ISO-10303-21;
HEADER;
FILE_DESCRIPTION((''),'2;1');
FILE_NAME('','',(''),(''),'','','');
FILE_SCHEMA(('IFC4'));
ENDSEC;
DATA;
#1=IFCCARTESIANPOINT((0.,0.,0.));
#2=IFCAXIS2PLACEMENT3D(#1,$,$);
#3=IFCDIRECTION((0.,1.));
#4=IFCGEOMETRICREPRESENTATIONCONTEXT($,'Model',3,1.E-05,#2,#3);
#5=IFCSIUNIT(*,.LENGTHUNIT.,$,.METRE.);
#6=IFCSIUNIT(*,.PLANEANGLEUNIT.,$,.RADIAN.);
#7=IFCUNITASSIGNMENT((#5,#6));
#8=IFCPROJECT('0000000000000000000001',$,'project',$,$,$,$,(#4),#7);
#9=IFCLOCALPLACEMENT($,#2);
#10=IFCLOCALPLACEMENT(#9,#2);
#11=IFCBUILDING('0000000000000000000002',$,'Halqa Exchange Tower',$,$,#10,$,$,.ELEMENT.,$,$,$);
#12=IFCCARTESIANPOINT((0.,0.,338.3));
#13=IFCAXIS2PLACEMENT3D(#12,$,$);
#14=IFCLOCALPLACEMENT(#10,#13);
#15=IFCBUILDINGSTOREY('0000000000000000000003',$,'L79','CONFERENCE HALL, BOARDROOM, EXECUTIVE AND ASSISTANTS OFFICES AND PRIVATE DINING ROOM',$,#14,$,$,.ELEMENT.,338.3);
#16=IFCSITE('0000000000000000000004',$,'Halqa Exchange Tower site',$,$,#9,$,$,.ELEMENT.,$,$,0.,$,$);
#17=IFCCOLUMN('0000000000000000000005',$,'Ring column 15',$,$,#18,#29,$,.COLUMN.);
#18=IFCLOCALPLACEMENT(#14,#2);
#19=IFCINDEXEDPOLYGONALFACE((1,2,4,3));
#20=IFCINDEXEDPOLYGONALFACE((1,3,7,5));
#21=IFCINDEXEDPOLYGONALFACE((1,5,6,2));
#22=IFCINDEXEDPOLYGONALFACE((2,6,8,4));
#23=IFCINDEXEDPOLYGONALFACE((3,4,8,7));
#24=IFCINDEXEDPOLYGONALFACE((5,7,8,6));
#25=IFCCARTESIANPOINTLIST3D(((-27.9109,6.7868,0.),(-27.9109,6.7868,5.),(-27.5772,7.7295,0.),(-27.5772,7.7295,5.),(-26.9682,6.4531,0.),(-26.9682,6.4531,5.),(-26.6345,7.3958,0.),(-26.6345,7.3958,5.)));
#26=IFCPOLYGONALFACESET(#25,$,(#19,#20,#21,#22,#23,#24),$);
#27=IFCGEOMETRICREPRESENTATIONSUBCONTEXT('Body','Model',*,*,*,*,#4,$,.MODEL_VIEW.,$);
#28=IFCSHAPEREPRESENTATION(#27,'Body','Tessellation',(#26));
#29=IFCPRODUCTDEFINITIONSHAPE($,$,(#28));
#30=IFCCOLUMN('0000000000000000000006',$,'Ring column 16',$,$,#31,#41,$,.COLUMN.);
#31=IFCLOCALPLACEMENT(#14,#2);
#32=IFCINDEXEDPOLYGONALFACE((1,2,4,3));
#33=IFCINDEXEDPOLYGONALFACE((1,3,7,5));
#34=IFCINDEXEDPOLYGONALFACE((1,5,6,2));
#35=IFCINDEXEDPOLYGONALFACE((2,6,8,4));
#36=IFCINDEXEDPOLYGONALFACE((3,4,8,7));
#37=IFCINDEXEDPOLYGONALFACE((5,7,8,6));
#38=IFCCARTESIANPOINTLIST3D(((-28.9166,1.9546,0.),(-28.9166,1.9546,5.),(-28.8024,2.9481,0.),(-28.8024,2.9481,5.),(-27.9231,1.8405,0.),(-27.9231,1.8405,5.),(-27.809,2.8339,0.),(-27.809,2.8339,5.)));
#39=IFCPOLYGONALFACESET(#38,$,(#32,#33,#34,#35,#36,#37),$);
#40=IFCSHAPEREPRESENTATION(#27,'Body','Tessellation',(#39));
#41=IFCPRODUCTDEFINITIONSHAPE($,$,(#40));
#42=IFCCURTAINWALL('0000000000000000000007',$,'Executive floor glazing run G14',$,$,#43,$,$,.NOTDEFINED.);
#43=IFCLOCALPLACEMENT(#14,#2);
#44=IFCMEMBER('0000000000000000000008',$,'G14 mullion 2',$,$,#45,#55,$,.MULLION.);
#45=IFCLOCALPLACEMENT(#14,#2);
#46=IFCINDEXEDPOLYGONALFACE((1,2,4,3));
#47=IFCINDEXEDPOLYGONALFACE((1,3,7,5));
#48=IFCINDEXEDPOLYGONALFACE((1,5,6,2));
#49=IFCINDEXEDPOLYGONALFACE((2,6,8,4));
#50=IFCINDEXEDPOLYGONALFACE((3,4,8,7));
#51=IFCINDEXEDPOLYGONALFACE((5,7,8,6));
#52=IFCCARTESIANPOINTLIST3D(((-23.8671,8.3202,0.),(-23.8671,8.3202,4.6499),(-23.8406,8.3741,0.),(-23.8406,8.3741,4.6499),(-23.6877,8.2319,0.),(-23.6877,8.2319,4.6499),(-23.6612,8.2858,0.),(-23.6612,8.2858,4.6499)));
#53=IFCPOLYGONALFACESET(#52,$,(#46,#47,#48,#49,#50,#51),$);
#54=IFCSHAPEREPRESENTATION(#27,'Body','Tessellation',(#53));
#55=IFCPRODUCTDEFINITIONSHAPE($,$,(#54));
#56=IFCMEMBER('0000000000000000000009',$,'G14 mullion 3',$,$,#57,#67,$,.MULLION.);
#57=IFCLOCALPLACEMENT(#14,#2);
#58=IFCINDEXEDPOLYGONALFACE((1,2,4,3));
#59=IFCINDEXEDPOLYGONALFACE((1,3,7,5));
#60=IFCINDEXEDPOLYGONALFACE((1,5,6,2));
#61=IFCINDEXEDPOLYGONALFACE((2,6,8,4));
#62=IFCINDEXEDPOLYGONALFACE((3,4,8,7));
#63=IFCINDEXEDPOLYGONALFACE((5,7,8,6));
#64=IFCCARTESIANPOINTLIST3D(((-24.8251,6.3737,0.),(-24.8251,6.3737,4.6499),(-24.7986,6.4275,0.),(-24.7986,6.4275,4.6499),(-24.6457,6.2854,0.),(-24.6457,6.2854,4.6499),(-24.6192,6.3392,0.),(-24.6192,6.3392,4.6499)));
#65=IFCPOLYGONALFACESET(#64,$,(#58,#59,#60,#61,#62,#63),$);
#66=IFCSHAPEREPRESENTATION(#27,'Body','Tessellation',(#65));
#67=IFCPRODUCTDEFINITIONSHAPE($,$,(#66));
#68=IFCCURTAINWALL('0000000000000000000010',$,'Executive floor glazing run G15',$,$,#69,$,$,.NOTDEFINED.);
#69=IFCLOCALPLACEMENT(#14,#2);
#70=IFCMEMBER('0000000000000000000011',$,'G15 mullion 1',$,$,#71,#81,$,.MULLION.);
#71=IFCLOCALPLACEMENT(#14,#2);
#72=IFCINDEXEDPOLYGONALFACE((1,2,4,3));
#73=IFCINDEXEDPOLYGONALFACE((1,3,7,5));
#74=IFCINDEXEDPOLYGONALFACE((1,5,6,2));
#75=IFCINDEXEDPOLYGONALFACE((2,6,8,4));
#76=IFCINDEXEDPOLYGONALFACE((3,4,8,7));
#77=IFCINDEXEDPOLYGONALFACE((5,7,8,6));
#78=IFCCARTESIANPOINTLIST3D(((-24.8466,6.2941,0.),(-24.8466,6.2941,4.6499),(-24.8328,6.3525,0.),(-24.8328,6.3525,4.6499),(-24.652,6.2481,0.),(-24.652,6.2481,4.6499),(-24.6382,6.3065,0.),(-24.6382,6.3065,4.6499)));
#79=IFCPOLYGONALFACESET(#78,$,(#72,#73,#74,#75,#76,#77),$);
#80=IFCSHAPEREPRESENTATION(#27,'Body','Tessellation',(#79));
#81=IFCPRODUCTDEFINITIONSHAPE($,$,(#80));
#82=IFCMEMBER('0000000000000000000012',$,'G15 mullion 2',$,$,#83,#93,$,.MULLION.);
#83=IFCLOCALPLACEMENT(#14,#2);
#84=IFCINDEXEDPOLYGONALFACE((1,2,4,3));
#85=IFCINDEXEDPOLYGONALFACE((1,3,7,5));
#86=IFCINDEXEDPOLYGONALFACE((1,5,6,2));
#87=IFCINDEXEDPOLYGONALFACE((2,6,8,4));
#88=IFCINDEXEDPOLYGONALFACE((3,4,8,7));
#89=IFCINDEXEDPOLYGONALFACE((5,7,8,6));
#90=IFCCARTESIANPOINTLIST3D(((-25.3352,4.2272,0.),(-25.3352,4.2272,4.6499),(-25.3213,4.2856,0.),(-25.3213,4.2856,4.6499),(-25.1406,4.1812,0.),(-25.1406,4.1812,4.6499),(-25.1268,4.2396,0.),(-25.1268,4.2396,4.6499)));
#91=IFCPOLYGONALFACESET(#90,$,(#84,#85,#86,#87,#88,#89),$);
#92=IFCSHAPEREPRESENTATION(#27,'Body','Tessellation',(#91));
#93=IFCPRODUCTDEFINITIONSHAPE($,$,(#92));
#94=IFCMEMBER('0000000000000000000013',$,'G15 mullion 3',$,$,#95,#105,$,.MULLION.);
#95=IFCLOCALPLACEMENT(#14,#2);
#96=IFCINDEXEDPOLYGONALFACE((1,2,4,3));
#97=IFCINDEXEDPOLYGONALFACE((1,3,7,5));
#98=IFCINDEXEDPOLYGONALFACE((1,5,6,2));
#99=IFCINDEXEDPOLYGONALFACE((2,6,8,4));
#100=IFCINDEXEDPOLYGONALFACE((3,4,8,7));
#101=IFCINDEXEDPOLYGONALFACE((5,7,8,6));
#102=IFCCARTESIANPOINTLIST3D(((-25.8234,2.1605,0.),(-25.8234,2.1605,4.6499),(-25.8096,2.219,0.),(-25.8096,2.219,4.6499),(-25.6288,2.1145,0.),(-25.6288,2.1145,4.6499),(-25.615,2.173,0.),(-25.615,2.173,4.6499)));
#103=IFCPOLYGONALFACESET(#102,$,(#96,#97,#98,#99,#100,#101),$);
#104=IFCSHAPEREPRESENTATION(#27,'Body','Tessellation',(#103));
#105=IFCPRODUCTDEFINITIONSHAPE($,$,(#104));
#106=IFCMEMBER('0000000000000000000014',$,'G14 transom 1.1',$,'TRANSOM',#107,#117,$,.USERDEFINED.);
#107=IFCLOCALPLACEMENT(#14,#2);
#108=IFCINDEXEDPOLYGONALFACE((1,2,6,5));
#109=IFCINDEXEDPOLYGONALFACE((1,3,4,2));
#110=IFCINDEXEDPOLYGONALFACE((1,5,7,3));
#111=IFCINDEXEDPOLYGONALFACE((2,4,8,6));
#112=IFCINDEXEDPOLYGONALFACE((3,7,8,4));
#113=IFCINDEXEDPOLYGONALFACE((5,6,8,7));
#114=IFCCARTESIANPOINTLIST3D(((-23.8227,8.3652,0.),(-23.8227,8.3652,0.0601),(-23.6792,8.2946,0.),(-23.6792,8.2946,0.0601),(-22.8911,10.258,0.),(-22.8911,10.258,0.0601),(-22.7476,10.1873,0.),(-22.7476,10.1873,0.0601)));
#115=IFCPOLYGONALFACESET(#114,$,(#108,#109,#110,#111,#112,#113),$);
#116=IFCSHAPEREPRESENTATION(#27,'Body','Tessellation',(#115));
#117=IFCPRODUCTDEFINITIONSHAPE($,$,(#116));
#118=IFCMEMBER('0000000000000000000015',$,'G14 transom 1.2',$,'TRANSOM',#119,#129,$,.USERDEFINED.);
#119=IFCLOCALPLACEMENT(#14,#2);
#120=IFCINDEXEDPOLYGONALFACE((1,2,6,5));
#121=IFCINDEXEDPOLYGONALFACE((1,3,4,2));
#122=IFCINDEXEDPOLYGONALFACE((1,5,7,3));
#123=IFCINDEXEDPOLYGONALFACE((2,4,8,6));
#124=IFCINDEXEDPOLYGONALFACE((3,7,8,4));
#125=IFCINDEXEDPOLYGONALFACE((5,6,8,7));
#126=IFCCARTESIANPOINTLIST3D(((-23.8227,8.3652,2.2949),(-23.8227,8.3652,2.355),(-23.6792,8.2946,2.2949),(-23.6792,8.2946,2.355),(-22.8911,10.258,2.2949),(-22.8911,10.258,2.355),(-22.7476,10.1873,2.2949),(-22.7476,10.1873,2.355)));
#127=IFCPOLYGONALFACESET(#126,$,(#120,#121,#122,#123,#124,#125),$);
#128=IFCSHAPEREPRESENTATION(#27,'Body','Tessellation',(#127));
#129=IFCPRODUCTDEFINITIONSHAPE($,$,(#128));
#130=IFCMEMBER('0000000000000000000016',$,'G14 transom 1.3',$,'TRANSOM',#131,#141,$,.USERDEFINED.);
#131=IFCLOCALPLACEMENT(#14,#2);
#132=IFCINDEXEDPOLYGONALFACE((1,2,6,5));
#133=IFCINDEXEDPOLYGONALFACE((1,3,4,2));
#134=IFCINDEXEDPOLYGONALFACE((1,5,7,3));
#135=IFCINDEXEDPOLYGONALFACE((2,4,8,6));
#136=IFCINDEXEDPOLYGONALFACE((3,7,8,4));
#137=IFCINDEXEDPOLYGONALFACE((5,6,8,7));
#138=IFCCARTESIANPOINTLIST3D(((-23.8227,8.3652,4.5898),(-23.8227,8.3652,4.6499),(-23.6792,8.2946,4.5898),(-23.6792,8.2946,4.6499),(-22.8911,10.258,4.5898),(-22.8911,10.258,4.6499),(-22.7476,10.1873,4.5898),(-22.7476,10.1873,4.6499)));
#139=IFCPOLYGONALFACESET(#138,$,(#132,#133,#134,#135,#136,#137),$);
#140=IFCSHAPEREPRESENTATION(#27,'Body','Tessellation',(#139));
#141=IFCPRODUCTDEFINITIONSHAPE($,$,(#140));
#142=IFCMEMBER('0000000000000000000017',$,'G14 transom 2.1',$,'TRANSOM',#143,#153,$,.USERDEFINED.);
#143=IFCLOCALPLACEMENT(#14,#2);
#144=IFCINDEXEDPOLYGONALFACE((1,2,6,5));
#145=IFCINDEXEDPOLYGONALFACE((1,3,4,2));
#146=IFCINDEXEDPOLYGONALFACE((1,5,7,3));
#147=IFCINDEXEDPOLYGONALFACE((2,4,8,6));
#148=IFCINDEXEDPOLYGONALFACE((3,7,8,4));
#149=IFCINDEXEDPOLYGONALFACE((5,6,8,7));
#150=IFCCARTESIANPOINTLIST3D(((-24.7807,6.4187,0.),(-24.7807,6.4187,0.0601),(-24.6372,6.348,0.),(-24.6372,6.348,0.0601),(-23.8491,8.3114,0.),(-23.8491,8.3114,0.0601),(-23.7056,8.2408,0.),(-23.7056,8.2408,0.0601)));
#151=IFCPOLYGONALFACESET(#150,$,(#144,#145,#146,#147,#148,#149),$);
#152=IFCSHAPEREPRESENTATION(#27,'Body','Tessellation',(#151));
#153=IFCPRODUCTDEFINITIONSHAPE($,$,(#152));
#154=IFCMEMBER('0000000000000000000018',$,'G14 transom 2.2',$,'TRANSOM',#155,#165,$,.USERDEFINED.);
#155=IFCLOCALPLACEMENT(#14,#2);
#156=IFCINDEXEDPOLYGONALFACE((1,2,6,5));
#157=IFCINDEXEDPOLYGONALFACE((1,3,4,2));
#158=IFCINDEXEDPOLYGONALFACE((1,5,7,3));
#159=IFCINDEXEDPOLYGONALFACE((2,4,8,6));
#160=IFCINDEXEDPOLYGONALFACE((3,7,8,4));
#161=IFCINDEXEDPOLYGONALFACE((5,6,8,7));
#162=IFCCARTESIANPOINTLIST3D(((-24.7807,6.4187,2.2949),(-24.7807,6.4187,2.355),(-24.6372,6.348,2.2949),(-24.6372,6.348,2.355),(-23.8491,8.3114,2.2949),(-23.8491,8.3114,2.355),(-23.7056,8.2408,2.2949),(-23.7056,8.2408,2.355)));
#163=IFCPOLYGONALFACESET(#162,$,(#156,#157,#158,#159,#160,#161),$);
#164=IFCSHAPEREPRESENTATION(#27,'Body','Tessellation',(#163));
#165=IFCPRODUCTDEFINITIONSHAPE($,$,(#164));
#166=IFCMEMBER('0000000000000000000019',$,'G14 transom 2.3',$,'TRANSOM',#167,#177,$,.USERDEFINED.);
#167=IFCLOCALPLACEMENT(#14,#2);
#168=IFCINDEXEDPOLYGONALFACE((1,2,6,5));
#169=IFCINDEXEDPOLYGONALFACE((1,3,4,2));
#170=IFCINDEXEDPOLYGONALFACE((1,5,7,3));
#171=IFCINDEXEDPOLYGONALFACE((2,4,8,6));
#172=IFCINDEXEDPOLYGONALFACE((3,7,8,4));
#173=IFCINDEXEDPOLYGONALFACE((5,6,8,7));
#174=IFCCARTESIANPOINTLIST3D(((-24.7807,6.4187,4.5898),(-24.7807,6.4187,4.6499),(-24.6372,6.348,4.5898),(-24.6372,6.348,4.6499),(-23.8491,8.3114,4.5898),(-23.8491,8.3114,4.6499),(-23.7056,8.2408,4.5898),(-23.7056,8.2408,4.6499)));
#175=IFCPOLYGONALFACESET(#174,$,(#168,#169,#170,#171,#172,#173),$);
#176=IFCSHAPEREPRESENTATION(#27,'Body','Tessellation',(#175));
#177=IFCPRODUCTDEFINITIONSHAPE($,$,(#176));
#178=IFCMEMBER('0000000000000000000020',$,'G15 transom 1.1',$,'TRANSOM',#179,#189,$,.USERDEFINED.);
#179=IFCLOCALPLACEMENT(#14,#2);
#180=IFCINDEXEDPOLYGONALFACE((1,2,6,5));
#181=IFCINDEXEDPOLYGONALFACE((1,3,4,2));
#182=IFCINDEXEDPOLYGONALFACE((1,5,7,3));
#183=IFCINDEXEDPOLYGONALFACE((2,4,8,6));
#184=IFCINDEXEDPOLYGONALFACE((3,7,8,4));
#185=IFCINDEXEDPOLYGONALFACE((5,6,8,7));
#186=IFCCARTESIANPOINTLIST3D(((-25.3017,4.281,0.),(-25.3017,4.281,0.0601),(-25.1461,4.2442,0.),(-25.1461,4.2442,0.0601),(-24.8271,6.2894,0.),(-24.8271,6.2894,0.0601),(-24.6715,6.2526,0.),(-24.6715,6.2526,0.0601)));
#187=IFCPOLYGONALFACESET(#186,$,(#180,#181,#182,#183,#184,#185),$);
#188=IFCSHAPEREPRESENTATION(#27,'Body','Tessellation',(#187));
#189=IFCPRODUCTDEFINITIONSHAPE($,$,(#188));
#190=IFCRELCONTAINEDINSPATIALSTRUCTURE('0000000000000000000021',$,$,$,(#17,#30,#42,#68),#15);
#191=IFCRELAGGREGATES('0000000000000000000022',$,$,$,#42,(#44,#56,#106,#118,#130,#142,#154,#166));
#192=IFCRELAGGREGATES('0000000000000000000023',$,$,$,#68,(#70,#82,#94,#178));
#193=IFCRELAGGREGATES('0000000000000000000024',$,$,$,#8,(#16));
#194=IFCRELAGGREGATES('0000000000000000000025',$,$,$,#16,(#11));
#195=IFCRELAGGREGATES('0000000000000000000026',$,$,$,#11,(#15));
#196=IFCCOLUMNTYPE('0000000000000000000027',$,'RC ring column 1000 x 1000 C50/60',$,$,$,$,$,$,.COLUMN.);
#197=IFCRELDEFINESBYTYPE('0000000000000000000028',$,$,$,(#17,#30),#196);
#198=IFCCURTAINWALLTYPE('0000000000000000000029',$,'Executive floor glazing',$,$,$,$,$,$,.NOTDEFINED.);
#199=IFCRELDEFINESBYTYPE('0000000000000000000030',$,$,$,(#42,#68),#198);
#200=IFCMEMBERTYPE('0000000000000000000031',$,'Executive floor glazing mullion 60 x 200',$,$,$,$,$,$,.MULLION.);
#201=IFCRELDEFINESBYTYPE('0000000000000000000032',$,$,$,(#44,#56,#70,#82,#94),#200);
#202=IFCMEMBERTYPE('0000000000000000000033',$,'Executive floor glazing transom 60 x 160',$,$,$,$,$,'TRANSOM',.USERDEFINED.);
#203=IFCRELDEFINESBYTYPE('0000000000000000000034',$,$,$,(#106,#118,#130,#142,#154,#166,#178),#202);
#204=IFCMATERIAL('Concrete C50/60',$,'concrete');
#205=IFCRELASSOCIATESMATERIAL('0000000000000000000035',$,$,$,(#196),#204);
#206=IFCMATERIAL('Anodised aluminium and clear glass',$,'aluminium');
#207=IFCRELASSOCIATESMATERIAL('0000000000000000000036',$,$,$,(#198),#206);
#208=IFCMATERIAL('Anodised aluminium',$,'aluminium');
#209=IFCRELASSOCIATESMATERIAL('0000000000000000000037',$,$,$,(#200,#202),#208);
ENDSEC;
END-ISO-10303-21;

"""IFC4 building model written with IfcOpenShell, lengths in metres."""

from ifc_helpers import new_model, si_unit, direction, frame, origin, origin_2d, place, context, subcontext, project, spatial, rectangle, extrude, material, material_profile, profile_set, type_object, element, aggregate, save


model = new_model("IFC4")

# Units and contexts
model_context = context("Model", 3, precision=1e-05, world=origin(), true_north=direction((0.0, 1.0)))
body_context = subcontext(model_context, "Body", "Model", "MODEL_VIEW")
ifc_project = project(units=[si_unit("LENGTHUNIT", "METRE"), si_unit("PLANEANGLEUNIT", "RADIAN")], contexts=[model_context])

# Site, building, storey
site_placement = place(None, origin())
site = spatial("IfcSite", under=ifc_project, at=site_placement, Name="Halqa Exchange Tower site", CompositionType="ELEMENT", RefElevation=0.0)
building_placement = place(site_placement, origin())
building = spatial("IfcBuilding", under=site, at=building_placement, Name="Halqa Exchange Tower", CompositionType="ELEMENT")
storey_placement = place(building_placement, frame((0.0, 0.0, 338.3)))
storey = spatial("IfcBuildingStorey", under=building, at=storey_placement, Name="L79", Description="CONFERENCE HALL, BOARDROOM, EXECUTIVE AND ASSISTANTS OFFICES AND PRIVATE DINING ROOM", CompositionType="ELEMENT", Elevation=338.3)

# Columns
ifc_material_1 = material(Name="Concrete C50/60", Category="concrete")
ifc_material_profile_1 = material_profile(ifc_material_1, rectangle(XDim=1.0, YDim=1.0, at=origin_2d()), Name="1000 x 1000")
ifc_profile_set_1 = profile_set([ifc_material_profile_1], Name="Concrete C50/60")
column_type = type_object("IfcColumnType", Name="RC ring column 1000 x 1000 C50/60", PredefinedType="COLUMN", material=ifc_profile_set_1)
for number, where, z_axis, x_axis, name in (
    (1, (-27.2727, 7.0913, 0.0), (0.0, 0.0, 1.0), (-0.333624, -0.942706, 0.0), "Ring column 15"),
    (2, (-28.3628, 2.3943, 0.0), (0.0, 0.0, 1.0), (-0.11416, -0.993462, 0.0), "Ring column 16"),
):
    element("IfcColumn", number, at=place(storey_placement, frame(where, z_axis=z_axis, x_axis=x_axis)), inside=storey, type_object=column_type, Name=name, PredefinedType="COLUMN", context=body_context, shape_type="SweptSolid", body=[
        extrude(rectangle(XDim=1.0, YDim=1.0, at=origin_2d()), origin(), (0.0, 0.0, 1.0), 5.0),
    ])

# Curtain walls, members
ifc_material_2 = material(Name="Anodised aluminium and clear glass", Category="aluminium")
curtain_wall_type = type_object("IfcCurtainWallType", Name="Executive floor glazing", PredefinedType="NOTDEFINED", material=ifc_material_2)
curtain_wall_1_placement = place(storey_placement, origin())
curtain_wall_1 = element("IfcCurtainWall", 3, at=curtain_wall_1_placement, inside=storey, type_object=curtain_wall_type, Name="Executive floor glazing run G14", PredefinedType="NOTDEFINED")
ifc_material_3 = material(Name="Anodised aluminium", Category="aluminium")
ifc_material_profile_2 = material_profile(ifc_material_3, rectangle(XDim=0.2, YDim=0.0601, at=origin_2d()), Name="AL 60x200")
ifc_profile_set_2 = profile_set([ifc_material_profile_2], Name="Anodised aluminium")
member_type_1 = type_object("IfcMemberType", Name="Executive floor glazing mullion 60 x 200", PredefinedType="MULLION", material=ifc_profile_set_2)
member_1_placement = place(storey_placement, frame((-23.7642, 8.303, 0.0), z_axis=(0.0, 0.0, 1.0), x_axis=(0.897215, -0.441595, 0.0)))
member_1 = element("IfcMember", 4, at=member_1_placement, type_object=member_type_1, Name="G14 mullion 2", PredefinedType="MULLION", context=body_context, shape_type="SweptSolid", body=[
    extrude(rectangle(XDim=0.2, YDim=0.0601, at=origin_2d()), origin(), (0.0, 0.0, 1.0), 4.6499),
])
member_2_placement = place(storey_placement, frame((-24.7222, 6.3564, 0.0), z_axis=(0.0, 0.0, 1.0), x_axis=(0.897215, -0.441595, 0.0)))
member_2 = element("IfcMember", 5, at=member_2_placement, type_object=member_type_1, Name="G14 mullion 3", PredefinedType="MULLION", context=body_context, shape_type="SweptSolid", body=[
    extrude(rectangle(XDim=0.2, YDim=0.0601, at=origin_2d()), origin(), (0.0, 0.0, 1.0), 4.6499),
])
curtain_wall_2_placement = place(storey_placement, origin())
curtain_wall_2 = element("IfcCurtainWall", 6, at=curtain_wall_2_placement, inside=storey, type_object=curtain_wall_type, Name="Executive floor glazing run G15", PredefinedType="NOTDEFINED")
member_3_placement = place(storey_placement, frame((-24.7424, 6.3003, 0.0), z_axis=(0.0, 0.0, 1.0), x_axis=(0.973192, -0.229995, 0.0)))
member_3 = element("IfcMember", 7, at=member_3_placement, type_object=member_type_1, Name="G15 mullion 1", PredefinedType="MULLION", context=body_context, shape_type="SweptSolid", body=[
    extrude(rectangle(XDim=0.2, YDim=0.0601, at=origin_2d()), origin(), (0.0, 0.0, 1.0), 4.6499),
])
member_4_placement = place(storey_placement, frame((-25.231, 4.2334, 0.0), z_axis=(0.0, 0.0, 1.0), x_axis=(0.973192, -0.229995, 0.0)))
member_4 = element("IfcMember", 8, at=member_4_placement, type_object=member_type_1, Name="G15 mullion 2", PredefinedType="MULLION", context=body_context, shape_type="SweptSolid", body=[
    extrude(rectangle(XDim=0.2, YDim=0.0601, at=origin_2d()), origin(), (0.0, 0.0, 1.0), 4.6499),
])
member_5_placement = place(storey_placement, frame((-25.7192, 2.1667, 0.0), z_axis=(0.0, 0.0, 1.0), x_axis=(0.973192, -0.229995, 0.0)))
member_5 = element("IfcMember", 9, at=member_5_placement, type_object=member_type_1, Name="G15 mullion 3", PredefinedType="MULLION", context=body_context, shape_type="SweptSolid", body=[
    extrude(rectangle(XDim=0.2, YDim=0.0601, at=origin_2d()), origin(), (0.0, 0.0, 1.0), 4.6499),
])

# Members
ifc_material_profile_3 = material_profile(ifc_material_3, rectangle(XDim=0.1599, YDim=0.0601, at=origin_2d()), Name="AL 60x160")
ifc_profile_set_3 = profile_set([ifc_material_profile_3], Name="Anodised aluminium")
member_type_2 = type_object("IfcMemberType", Name="Executive floor glazing transom 60 x 160", ElementType="TRANSOM", PredefinedType="USERDEFINED", material=ifc_profile_set_3)
member_6_placement = place(storey_placement, frame((-22.8193, 10.2227, 0.03), z_axis=(-0.441604, -0.89721, 0.0), x_axis=(0.89721, -0.441604, 0.0)))
member_6 = element("IfcMember", 10, at=member_6_placement, type_object=member_type_2, Name="G14 transom 1.1", ObjectType="TRANSOM", PredefinedType="USERDEFINED", context=body_context, shape_type="SweptSolid", body=[
    extrude(rectangle(XDim=0.1599, YDim=0.0601, at=origin_2d()), origin(), (0.0, 0.0, 1.0), 2.1096),
])
member_7_placement = place(storey_placement, frame((-22.8193, 10.2227, 2.325), z_axis=(-0.441604, -0.89721, 0.0), x_axis=(0.89721, -0.441604, 0.0)))
member_7 = element("IfcMember", 11, at=member_7_placement, type_object=member_type_2, Name="G14 transom 1.2", ObjectType="TRANSOM", PredefinedType="USERDEFINED", context=body_context, shape_type="SweptSolid", body=[
    extrude(rectangle(XDim=0.1599, YDim=0.0601, at=origin_2d()), origin(), (0.0, 0.0, 1.0), 2.1096),
])
member_8_placement = place(storey_placement, frame((-22.8193, 10.2227, 4.6199), z_axis=(-0.441604, -0.89721, 0.0), x_axis=(0.89721, -0.441604, 0.0)))
member_8 = element("IfcMember", 12, at=member_8_placement, type_object=member_type_2, Name="G14 transom 1.3", ObjectType="TRANSOM", PredefinedType="USERDEFINED", context=body_context, shape_type="SweptSolid", body=[
    extrude(rectangle(XDim=0.1599, YDim=0.0601, at=origin_2d()), origin(), (0.0, 0.0, 1.0), 2.1096),
])
member_9_placement = place(storey_placement, frame((-23.7773, 8.2761, 0.03), z_axis=(-0.441604, -0.89721, 0.0), x_axis=(0.89721, -0.441604, 0.0)))
member_9 = element("IfcMember", 13, at=member_9_placement, type_object=member_type_2, Name="G14 transom 2.1", ObjectType="TRANSOM", PredefinedType="USERDEFINED", context=body_context, shape_type="SweptSolid", body=[
    extrude(rectangle(XDim=0.1599, YDim=0.0601, at=origin_2d()), origin(), (0.0, 0.0, 1.0), 2.1096),
])
member_10_placement = place(storey_placement, frame((-23.7773, 8.2761, 2.325), z_axis=(-0.441604, -0.89721, 0.0), x_axis=(0.89721, -0.441604, 0.0)))
member_10 = element("IfcMember", 14, at=member_10_placement, type_object=member_type_2, Name="G14 transom 2.2", ObjectType="TRANSOM", PredefinedType="USERDEFINED", context=body_context, shape_type="SweptSolid", body=[
    extrude(rectangle(XDim=0.1599, YDim=0.0601, at=origin_2d()), origin(), (0.0, 0.0, 1.0), 2.1096),
])
member_11_placement = place(storey_placement, frame((-23.7773, 8.2761, 4.6199), z_axis=(-0.441604, -0.89721, 0.0), x_axis=(0.89721, -0.441604, 0.0)))
member_11 = element("IfcMember", 15, at=member_11_placement, type_object=member_type_2, Name="G14 transom 2.3", ObjectType="TRANSOM", PredefinedType="USERDEFINED", context=body_context, shape_type="SweptSolid", body=[
    extrude(rectangle(XDim=0.1599, YDim=0.0601, at=origin_2d()), origin(), (0.0, 0.0, 1.0), 2.1096),
])
member_12_placement = place(storey_placement, frame((-24.7493, 6.271, 0.03), z_axis=(-0.229989, -0.973193, 0.0), x_axis=(0.973193, -0.229989, 0.0)))
member_12 = element("IfcMember", 16, at=member_12_placement, type_object=member_type_2, Name="G15 transom 1.1", ObjectType="TRANSOM", PredefinedType="USERDEFINED", context=body_context, shape_type="SweptSolid", body=[
    extrude(rectangle(XDim=0.1599, YDim=0.0601, at=origin_2d()), origin(), (0.0, 0.0, 1.0), 2.0637),
])

aggregate(curtain_wall_1, [member_1, member_2, member_6, member_7, member_8, member_9, member_10, member_11])
aggregate(curtain_wall_2, [member_3, member_4, member_5, member_12])

save(model, "model.ifc")
